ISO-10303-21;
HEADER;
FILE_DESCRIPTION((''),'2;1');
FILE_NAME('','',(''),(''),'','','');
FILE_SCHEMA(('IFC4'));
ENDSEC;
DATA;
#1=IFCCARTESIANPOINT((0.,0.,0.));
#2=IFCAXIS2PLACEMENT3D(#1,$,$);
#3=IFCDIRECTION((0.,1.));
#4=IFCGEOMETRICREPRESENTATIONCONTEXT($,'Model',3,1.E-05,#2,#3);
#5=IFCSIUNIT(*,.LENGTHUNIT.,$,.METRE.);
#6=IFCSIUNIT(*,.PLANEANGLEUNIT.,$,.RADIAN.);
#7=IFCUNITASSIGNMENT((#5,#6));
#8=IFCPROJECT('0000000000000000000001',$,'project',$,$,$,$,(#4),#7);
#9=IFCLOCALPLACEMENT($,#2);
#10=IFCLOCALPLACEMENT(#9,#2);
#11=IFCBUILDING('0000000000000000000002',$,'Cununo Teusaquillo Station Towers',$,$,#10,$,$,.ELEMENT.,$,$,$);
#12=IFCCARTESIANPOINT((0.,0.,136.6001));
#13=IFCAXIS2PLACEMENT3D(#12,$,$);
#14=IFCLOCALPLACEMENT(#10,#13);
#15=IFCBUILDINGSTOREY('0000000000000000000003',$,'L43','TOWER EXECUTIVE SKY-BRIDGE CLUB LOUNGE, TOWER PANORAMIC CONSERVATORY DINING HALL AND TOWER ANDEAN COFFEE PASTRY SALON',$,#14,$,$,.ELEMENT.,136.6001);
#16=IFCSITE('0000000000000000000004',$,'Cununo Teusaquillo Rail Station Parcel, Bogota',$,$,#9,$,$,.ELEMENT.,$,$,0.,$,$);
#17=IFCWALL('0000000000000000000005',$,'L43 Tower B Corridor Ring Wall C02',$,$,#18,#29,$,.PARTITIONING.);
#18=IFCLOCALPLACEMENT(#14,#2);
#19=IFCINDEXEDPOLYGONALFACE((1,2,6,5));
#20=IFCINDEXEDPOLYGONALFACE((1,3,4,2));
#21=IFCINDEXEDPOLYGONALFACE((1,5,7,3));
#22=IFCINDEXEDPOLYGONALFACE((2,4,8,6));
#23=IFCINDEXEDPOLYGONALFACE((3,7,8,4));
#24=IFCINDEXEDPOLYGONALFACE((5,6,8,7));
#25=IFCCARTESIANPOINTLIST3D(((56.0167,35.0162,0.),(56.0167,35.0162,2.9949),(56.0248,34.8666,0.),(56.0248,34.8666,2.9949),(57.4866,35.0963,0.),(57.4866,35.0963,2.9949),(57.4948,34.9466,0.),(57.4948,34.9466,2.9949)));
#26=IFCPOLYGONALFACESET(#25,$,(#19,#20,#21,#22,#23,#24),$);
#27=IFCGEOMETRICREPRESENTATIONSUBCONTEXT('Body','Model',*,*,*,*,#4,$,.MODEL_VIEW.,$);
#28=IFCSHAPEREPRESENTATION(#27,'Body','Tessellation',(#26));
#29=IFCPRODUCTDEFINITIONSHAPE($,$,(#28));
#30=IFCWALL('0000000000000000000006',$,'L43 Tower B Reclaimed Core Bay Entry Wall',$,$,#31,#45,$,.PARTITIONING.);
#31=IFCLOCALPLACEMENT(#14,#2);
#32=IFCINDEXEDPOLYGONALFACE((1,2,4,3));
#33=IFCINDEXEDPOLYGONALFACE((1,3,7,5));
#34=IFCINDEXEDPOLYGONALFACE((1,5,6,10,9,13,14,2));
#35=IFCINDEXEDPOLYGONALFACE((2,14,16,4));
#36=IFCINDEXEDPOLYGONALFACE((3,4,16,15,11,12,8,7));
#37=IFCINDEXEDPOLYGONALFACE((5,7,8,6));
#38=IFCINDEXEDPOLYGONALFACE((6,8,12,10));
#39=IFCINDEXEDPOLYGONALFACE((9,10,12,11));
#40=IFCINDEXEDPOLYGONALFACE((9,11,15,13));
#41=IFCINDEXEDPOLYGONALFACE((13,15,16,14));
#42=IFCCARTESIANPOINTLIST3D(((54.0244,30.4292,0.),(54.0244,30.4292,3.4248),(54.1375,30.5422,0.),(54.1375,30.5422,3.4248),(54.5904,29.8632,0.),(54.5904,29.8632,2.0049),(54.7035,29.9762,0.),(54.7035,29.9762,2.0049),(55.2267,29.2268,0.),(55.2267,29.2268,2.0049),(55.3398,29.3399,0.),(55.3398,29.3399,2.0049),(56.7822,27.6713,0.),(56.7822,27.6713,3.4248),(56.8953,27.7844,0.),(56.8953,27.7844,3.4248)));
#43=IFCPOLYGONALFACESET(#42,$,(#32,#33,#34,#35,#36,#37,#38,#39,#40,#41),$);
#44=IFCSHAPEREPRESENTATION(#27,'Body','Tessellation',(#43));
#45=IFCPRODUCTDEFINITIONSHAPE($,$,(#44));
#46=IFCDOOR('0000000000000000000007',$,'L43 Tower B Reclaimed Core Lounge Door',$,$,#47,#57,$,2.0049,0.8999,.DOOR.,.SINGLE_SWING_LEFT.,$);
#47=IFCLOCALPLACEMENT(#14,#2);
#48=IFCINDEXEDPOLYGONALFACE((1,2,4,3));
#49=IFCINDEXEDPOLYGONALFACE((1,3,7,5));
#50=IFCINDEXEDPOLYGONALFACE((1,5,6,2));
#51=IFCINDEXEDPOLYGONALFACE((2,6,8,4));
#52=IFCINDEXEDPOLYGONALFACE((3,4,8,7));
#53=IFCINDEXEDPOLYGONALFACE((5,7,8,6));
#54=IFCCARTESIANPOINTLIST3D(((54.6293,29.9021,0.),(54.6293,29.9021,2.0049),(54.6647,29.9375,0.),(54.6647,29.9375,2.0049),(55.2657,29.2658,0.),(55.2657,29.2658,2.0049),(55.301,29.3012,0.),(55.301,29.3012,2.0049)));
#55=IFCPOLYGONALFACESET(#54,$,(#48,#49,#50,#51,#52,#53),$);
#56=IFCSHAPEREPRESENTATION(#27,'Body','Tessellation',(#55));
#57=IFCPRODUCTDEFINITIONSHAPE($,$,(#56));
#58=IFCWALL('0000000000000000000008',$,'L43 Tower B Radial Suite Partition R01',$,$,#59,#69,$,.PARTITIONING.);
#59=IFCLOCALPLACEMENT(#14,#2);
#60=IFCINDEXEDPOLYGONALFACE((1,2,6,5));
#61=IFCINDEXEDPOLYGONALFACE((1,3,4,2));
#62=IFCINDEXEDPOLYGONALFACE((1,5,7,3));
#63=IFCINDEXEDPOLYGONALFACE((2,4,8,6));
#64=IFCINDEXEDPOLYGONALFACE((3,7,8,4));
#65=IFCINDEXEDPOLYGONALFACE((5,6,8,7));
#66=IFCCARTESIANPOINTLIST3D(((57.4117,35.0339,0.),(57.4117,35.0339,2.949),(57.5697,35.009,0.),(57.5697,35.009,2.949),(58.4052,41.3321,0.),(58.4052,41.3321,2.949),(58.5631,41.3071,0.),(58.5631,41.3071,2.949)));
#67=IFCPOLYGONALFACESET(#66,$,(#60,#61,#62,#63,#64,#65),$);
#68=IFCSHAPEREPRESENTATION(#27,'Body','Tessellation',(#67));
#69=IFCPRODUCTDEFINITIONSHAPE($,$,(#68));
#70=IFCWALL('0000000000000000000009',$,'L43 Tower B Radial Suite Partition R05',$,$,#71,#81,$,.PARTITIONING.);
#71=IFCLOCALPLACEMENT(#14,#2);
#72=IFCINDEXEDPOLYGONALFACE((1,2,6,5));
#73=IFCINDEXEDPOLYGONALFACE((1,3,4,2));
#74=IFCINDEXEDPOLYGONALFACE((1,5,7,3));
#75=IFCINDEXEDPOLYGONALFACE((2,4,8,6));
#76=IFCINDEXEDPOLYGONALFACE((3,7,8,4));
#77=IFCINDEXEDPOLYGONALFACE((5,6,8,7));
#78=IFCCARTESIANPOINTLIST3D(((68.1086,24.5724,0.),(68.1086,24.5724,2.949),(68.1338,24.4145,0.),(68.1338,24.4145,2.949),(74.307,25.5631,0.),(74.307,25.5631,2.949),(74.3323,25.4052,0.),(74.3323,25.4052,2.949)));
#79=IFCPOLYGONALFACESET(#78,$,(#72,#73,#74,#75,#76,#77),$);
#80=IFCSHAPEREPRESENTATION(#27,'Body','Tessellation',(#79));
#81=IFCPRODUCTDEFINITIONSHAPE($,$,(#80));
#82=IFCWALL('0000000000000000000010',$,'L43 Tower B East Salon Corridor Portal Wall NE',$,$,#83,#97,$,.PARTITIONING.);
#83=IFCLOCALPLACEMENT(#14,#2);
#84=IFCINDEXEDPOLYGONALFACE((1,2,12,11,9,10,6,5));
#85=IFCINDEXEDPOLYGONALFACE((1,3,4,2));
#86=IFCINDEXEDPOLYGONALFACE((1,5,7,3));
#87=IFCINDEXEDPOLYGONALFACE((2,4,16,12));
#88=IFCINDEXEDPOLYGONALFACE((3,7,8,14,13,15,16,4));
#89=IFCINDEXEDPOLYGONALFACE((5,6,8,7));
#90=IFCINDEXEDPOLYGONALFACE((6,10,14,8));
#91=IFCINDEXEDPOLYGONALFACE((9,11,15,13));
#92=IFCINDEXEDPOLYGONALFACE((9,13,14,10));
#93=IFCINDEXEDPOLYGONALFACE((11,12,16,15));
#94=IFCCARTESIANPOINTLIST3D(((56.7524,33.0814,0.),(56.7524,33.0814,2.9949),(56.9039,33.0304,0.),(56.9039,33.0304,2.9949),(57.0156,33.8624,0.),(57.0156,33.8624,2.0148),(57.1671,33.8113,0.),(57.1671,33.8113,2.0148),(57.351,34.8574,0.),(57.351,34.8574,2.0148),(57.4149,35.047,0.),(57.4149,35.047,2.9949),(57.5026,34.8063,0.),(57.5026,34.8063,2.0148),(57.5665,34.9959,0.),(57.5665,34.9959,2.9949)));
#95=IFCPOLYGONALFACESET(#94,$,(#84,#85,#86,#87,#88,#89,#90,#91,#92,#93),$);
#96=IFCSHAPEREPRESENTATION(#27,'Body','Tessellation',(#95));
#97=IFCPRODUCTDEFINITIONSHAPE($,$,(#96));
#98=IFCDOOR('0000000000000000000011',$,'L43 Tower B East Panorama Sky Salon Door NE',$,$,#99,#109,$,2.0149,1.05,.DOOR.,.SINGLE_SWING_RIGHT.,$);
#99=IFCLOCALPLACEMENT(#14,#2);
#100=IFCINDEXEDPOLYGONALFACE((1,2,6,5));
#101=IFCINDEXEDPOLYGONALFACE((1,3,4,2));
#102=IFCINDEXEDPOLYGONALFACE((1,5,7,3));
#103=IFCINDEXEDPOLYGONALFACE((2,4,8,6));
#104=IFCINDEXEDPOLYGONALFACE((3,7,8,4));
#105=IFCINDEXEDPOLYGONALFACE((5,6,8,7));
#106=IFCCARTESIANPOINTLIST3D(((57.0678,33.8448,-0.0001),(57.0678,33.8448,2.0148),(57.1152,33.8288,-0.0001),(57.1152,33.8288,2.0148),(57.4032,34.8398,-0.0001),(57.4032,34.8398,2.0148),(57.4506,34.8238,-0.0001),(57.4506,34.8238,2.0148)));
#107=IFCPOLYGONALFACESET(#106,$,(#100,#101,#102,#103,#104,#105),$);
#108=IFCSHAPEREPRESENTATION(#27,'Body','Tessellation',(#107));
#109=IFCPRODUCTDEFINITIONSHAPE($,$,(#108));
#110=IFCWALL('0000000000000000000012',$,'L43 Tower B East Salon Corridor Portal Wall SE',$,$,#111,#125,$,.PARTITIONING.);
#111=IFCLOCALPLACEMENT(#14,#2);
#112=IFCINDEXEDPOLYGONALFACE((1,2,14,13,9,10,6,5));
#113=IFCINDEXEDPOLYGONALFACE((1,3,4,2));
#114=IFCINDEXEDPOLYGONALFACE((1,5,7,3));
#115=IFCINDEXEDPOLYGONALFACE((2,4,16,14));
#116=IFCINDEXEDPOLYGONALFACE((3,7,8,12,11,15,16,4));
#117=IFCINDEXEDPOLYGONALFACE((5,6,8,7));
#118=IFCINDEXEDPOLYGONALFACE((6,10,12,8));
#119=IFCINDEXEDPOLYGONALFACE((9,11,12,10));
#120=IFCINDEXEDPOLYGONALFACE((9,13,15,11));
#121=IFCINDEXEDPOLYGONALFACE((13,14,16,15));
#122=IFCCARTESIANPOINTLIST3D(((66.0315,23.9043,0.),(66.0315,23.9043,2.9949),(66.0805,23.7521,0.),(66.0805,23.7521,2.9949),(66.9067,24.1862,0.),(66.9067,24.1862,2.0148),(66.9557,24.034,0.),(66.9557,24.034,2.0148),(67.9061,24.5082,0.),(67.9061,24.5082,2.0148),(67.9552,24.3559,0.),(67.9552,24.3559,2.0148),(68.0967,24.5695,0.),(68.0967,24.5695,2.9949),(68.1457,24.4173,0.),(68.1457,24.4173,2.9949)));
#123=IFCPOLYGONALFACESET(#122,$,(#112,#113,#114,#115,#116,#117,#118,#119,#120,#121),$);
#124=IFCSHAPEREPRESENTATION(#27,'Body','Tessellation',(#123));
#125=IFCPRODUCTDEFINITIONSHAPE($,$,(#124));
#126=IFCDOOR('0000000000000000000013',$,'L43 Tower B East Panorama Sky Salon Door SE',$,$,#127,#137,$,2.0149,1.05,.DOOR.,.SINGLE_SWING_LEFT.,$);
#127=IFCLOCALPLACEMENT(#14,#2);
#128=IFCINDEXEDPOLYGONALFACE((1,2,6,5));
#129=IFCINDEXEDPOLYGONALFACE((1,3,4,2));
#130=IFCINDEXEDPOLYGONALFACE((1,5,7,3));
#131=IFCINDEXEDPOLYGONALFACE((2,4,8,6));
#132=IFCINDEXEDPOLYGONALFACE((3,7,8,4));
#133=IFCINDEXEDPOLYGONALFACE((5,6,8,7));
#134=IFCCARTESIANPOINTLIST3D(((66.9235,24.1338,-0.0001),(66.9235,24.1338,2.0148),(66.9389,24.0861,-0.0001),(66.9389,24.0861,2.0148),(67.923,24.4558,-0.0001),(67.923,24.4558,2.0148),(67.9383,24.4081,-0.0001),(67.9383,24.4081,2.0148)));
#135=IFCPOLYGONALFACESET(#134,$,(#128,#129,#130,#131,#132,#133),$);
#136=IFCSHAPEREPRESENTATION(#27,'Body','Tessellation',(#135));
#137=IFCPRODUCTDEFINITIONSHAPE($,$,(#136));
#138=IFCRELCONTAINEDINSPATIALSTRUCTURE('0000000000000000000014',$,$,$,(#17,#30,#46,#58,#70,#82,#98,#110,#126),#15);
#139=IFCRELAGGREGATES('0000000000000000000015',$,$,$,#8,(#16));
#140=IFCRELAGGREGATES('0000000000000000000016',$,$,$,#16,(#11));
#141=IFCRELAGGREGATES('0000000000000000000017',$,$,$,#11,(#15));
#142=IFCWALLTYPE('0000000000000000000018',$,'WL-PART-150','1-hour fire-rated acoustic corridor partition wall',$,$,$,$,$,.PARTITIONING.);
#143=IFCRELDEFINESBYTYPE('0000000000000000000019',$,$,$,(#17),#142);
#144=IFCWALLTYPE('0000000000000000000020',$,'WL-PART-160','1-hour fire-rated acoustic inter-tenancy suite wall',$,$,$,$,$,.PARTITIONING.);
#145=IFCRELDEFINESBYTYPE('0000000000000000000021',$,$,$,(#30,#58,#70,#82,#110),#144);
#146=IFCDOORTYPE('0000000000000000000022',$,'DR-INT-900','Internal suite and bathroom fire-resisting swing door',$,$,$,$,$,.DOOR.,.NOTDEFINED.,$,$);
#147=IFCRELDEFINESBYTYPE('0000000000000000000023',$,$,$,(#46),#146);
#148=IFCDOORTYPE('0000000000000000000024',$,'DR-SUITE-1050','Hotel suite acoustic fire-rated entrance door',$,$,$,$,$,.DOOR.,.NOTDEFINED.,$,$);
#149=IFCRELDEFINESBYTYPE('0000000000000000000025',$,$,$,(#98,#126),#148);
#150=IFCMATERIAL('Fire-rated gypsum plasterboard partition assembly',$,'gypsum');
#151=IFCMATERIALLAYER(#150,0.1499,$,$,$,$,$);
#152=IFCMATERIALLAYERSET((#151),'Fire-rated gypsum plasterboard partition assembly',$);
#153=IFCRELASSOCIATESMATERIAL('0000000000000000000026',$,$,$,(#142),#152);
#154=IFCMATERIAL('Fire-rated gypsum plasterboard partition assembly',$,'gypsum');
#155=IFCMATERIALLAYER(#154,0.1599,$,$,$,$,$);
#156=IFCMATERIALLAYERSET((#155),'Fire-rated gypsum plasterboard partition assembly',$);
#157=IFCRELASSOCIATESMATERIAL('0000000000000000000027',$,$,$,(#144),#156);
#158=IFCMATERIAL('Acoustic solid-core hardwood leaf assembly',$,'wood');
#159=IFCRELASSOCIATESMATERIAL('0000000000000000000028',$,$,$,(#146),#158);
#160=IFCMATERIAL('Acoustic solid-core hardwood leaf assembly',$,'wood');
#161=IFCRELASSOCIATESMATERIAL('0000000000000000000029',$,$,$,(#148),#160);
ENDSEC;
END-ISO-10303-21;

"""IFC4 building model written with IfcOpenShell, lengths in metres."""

from ifc_helpers import new_model, si_unit, direction, frame, frame_2d, origin, place, context, subcontext, project, spatial, rectangle, extrude, source, transform, mapped, material, layer, layer_set, type_object, element, fill, save


model = new_model("IFC4")

# Units and contexts
model_context = context("Model", 3, precision=1e-05, world=origin(), true_north=direction((0.0, 1.0)))
body_context = subcontext(model_context, "Body", "Model", "MODEL_VIEW")
ifc_project = project(units=[si_unit("LENGTHUNIT", "METRE"), si_unit("PLANEANGLEUNIT", "RADIAN")], contexts=[model_context])

# Site, building, storey
site_placement = place(None, origin())
site = spatial("IfcSite", under=ifc_project, at=site_placement, Name="Cununo Teusaquillo Rail Station Parcel, Bogota", CompositionType="ELEMENT", RefElevation=0.0)
building_placement = place(site_placement, origin())
building = spatial("IfcBuilding", under=site, at=building_placement, Name="Cununo Teusaquillo Station Towers", CompositionType="ELEMENT")
storey_placement = place(building_placement, frame((0.0, 0.0, 136.6001)))
storey = spatial("IfcBuildingStorey", under=building, at=storey_placement, Name="L43", Description="TOWER EXECUTIVE SKY-BRIDGE CLUB LOUNGE, TOWER PANORAMIC CONSERVATORY DINING HALL AND TOWER ANDEAN COFFEE PASTRY SALON", CompositionType="ELEMENT", Elevation=136.6001)

# Wall
ifc_material_1 = material(Name="Fire-rated gypsum plasterboard partition assembly", Category="gypsum")
ifc_layer_1 = layer(ifc_material_1, 0.1499)
ifc_layer_set_1 = layer_set([ifc_layer_1], Name="Fire-rated gypsum plasterboard partition assembly")
wall_type_1 = type_object("IfcWallType", Name="WL-PART-150", Description="1-hour fire-rated acoustic corridor partition wall", PredefinedType="PARTITIONING", material=ifc_layer_set_1)
wall_1_placement = place(storey_placement, frame((57.4907, 35.0215, 0.0), z_axis=(0.0, 0.0, 1.0), x_axis=(-0.998519, -0.054395, 0.0)))
element("IfcWall", 1, at=wall_1_placement, inside=storey, type_object=wall_type_1, Name="L43 Tower B Corridor Ring Wall C02", PredefinedType="PARTITIONING", context=body_context, shape_type="SweptSolid", body=[
    extrude(rectangle(XDim=1.4722, YDim=0.1499, at=frame_2d((0.7361, 0.0))), origin(), (0.0, 0.0, 1.0), 2.9949),
])

# Wall, opening, door
ifc_material_2 = material(Name="Fire-rated gypsum plasterboard partition assembly", Category="gypsum")
ifc_layer_2 = layer(ifc_material_2, 0.1599)
ifc_layer_set_2 = layer_set([ifc_layer_2], Name="Fire-rated gypsum plasterboard partition assembly")
wall_type_2 = type_object("IfcWallType", Name="WL-PART-160", Description="1-hour fire-rated acoustic inter-tenancy suite wall", PredefinedType="PARTITIONING", material=ifc_layer_set_2)
wall_2_placement = place(storey_placement, frame((56.8389, 27.7278, 0.0), z_axis=(0.0, 0.0, 1.0), x_axis=(-0.707107, 0.707107, 0.0)))
wall_2 = element("IfcWall", 2, at=wall_2_placement, inside=storey, type_object=wall_type_2, Name="L43 Tower B Reclaimed Core Bay Entry Wall", PredefinedType="PARTITIONING", context=body_context, shape_type="SweptSolid", body=[
    extrude(rectangle(XDim=3.9001, YDim=0.1599, at=frame_2d((1.9502, 0.0))), origin(), (0.0, 0.0, 1.0), 3.4248),
])
shared_shape_1 = source(origin(), body_context, "Body", "SweptSolid", [
    extrude(rectangle(XDim=0.8999, YDim=2.0049, at=frame_2d((0.45, 1.0024))), frame((0.0, 0.0898, 0.0), z_axis=(0.0, -1.0, 0.0), x_axis=(1.0, 0.0, 0.0)), (0.0, 0.0, 1.0), 0.1799),
])
opening_1_placement = place(wall_2_placement, frame((2.2, 0.0, 0.0)))
opening_1 = element("IfcOpeningElement", 3, at=opening_1_placement, cuts=wall_2, PredefinedType="OPENING", context=body_context, shape_type="MappedRepresentation", body=[
    mapped(shared_shape_1, transform((0.0, 0.0, 0.0), x_axis=(1.0, 0.0, 0.0), y_axis=(0.0, 1.0, 0.0), z_axis=(0.0, 0.0, 1.0), scale=1.0)),
])
ifc_material_3 = material(Name="Acoustic solid-core hardwood leaf assembly", Category="wood")
door_type_1 = type_object("IfcDoorType", Name="DR-INT-900", Description="Internal suite and bathroom fire-resisting swing door", OperationType="NOTDEFINED", PredefinedType="DOOR", material=ifc_material_3)
shared_shape_2 = source(origin(), body_context, "Body", "SweptSolid", [
    extrude(rectangle(XDim=0.8999, YDim=2.0049, at=frame_2d((0.45, 1.0024))), frame((0.0, 0.0249, 0.0), z_axis=(0.0, -1.0, 0.0), x_axis=(1.0, 0.0, 0.0)), (0.0, 0.0, 1.0), 0.05),
])
door_1_placement = place(opening_1_placement, origin())
door_1 = element("IfcDoor", 4, at=door_1_placement, inside=storey, type_object=door_type_1, Name="L43 Tower B Reclaimed Core Lounge Door", OperationType="SINGLE_SWING_LEFT", OverallHeight=2.0049, OverallWidth=0.8999, PredefinedType="DOOR", context=body_context, shape_type="MappedRepresentation", body=[
    mapped(shared_shape_2, transform((0.0, 0.0, 0.0), x_axis=(1.0, 0.0, 0.0), y_axis=(0.0, 1.0, 0.0), z_axis=(0.0, 0.0, 1.0), scale=1.0)),
])
fill(opening_1, door_1)

# Walls
wall_3_placement = place(storey_placement, frame((57.4907, 35.0215, 0.0), z_axis=(0.0, 0.0, 1.0), x_axis=(0.155805, 0.987788, 0.0)))
element("IfcWall", 5, at=wall_3_placement, inside=storey, type_object=wall_type_2, Name="L43 Tower B Radial Suite Partition R01", PredefinedType="PARTITIONING", context=body_context, shape_type="SweptSolid", body=[
    extrude(rectangle(XDim=6.376, YDim=0.1599, at=frame_2d((3.188, 0.0))), origin(), (0.0, 0.0, 1.0), 2.949),
])
wall_4_placement = place(storey_placement, frame((68.1211, 24.4934, 0.0), z_axis=(0.0, 0.0, 1.0), x_axis=(0.987466, 0.15783, 0.0)))
element("IfcWall", 6, at=wall_4_placement, inside=storey, type_object=wall_type_2, Name="L43 Tower B Radial Suite Partition R05", PredefinedType="PARTITIONING", context=body_context, shape_type="SweptSolid", body=[
    extrude(rectangle(XDim=6.2771, YDim=0.1599, at=frame_2d((3.1387, 0.0))), origin(), (0.0, 0.0, 1.0), 2.949),
])

# Walls, openings, doors
wall_5_placement = place(storey_placement, frame((56.8281, 33.0559, 0.0), z_axis=(0.0, 0.0, 1.0), x_axis=(0.319439, 0.947607, 0.0)))
wall_5 = element("IfcWall", 7, at=wall_5_placement, inside=storey, type_object=wall_type_2, Name="L43 Tower B East Salon Corridor Portal Wall NE", PredefinedType="PARTITIONING", context=body_context, shape_type="SweptSolid", body=[
    extrude(rectangle(XDim=2.0742, YDim=0.1599, at=frame_2d((1.0371, 0.0))), origin(), (0.0, 0.0, 1.0), 2.9949),
])
shared_shape_3 = source(origin(), body_context, "Body", "SweptSolid", [
    extrude(rectangle(XDim=1.05, YDim=2.0149, at=frame_2d((0.5249, 1.0073))), frame((0.0, 0.0898, 0.0), z_axis=(0.0, -1.0, 0.0), x_axis=(1.0, 0.0, 0.0)), (0.0, 0.0, 1.0), 0.1799),
])
opening_2_placement = place(wall_5_placement, frame((0.8242, 0.0, 0.0)))
opening_2 = element("IfcOpeningElement", 8, at=opening_2_placement, cuts=wall_5, PredefinedType="OPENING", context=body_context, shape_type="MappedRepresentation", body=[
    mapped(shared_shape_3, transform((0.0, 0.0, 0.0), x_axis=(1.0, 0.0, 0.0), y_axis=(0.0, 1.0, 0.0), z_axis=(0.0, 0.0, 1.0), scale=1.0)),
])
ifc_material_4 = material(Name="Acoustic solid-core hardwood leaf assembly", Category="wood")
door_type_2 = type_object("IfcDoorType", Name="DR-SUITE-1050", Description="Hotel suite acoustic fire-rated entrance door", OperationType="NOTDEFINED", PredefinedType="DOOR", material=ifc_material_4)
shared_shape_4 = source(origin(), body_context, "Body", "SweptSolid", [
    extrude(rectangle(XDim=1.05, YDim=2.0149, at=frame_2d((0.5249, 1.0073))), frame((0.0, 0.0249, 0.0), z_axis=(0.0, -1.0, 0.0), x_axis=(1.0, 0.0, 0.0)), (0.0, 0.0, 1.0), 0.05),
])
door_2_placement = place(opening_2_placement, origin())
door_2 = element("IfcDoor", 9, at=door_2_placement, inside=storey, type_object=door_type_2, Name="L43 Tower B East Panorama Sky Salon Door NE", OperationType="SINGLE_SWING_RIGHT", OverallHeight=2.0149, OverallWidth=1.05, PredefinedType="DOOR", context=body_context, shape_type="MappedRepresentation", body=[
    mapped(shared_shape_4, transform((0.0, 0.0, 0.0), x_axis=(1.0, 0.0, 0.0), y_axis=(0.0, 1.0, 0.0), z_axis=(0.0, 0.0, 1.0), scale=1.0)),
])
fill(opening_2, door_2)
wall_6_placement = place(storey_placement, frame((66.0559, 23.8281, 0.0), z_axis=(0.0, 0.0, 1.0), x_axis=(0.951831, 0.306625, 0.0)))
wall_6 = element("IfcWall", 10, at=wall_6_placement, inside=storey, type_object=wall_type_2, Name="L43 Tower B East Salon Corridor Portal Wall SE", PredefinedType="PARTITIONING", context=body_context, shape_type="SweptSolid", body=[
    extrude(rectangle(XDim=2.1697, YDim=0.1599, at=frame_2d((1.085, 0.0))), origin(), (0.0, 0.0, 1.0), 2.9949),
])
opening_3_placement = place(wall_6_placement, frame((0.9197, 0.0, 0.0)))
opening_3 = element("IfcOpeningElement", 11, at=opening_3_placement, cuts=wall_6, PredefinedType="OPENING", context=body_context, shape_type="MappedRepresentation", body=[
    mapped(shared_shape_3, transform((0.0, 0.0, 0.0), x_axis=(1.0, 0.0, 0.0), y_axis=(0.0, 1.0, 0.0), z_axis=(0.0, 0.0, 1.0), scale=1.0)),
])
door_3_placement = place(opening_3_placement, origin())
door_3 = element("IfcDoor", 12, at=door_3_placement, inside=storey, type_object=door_type_2, Name="L43 Tower B East Panorama Sky Salon Door SE", OperationType="SINGLE_SWING_LEFT", OverallHeight=2.0149, OverallWidth=1.05, PredefinedType="DOOR", context=body_context, shape_type="MappedRepresentation", body=[
    mapped(shared_shape_4, transform((0.0, 0.0, 0.0), x_axis=(1.0, 0.0, 0.0), y_axis=(0.0, 1.0, 0.0), z_axis=(0.0, 0.0, 1.0), scale=1.0)),
])
fill(opening_3, door_3)

save(model, "model.ifc")
